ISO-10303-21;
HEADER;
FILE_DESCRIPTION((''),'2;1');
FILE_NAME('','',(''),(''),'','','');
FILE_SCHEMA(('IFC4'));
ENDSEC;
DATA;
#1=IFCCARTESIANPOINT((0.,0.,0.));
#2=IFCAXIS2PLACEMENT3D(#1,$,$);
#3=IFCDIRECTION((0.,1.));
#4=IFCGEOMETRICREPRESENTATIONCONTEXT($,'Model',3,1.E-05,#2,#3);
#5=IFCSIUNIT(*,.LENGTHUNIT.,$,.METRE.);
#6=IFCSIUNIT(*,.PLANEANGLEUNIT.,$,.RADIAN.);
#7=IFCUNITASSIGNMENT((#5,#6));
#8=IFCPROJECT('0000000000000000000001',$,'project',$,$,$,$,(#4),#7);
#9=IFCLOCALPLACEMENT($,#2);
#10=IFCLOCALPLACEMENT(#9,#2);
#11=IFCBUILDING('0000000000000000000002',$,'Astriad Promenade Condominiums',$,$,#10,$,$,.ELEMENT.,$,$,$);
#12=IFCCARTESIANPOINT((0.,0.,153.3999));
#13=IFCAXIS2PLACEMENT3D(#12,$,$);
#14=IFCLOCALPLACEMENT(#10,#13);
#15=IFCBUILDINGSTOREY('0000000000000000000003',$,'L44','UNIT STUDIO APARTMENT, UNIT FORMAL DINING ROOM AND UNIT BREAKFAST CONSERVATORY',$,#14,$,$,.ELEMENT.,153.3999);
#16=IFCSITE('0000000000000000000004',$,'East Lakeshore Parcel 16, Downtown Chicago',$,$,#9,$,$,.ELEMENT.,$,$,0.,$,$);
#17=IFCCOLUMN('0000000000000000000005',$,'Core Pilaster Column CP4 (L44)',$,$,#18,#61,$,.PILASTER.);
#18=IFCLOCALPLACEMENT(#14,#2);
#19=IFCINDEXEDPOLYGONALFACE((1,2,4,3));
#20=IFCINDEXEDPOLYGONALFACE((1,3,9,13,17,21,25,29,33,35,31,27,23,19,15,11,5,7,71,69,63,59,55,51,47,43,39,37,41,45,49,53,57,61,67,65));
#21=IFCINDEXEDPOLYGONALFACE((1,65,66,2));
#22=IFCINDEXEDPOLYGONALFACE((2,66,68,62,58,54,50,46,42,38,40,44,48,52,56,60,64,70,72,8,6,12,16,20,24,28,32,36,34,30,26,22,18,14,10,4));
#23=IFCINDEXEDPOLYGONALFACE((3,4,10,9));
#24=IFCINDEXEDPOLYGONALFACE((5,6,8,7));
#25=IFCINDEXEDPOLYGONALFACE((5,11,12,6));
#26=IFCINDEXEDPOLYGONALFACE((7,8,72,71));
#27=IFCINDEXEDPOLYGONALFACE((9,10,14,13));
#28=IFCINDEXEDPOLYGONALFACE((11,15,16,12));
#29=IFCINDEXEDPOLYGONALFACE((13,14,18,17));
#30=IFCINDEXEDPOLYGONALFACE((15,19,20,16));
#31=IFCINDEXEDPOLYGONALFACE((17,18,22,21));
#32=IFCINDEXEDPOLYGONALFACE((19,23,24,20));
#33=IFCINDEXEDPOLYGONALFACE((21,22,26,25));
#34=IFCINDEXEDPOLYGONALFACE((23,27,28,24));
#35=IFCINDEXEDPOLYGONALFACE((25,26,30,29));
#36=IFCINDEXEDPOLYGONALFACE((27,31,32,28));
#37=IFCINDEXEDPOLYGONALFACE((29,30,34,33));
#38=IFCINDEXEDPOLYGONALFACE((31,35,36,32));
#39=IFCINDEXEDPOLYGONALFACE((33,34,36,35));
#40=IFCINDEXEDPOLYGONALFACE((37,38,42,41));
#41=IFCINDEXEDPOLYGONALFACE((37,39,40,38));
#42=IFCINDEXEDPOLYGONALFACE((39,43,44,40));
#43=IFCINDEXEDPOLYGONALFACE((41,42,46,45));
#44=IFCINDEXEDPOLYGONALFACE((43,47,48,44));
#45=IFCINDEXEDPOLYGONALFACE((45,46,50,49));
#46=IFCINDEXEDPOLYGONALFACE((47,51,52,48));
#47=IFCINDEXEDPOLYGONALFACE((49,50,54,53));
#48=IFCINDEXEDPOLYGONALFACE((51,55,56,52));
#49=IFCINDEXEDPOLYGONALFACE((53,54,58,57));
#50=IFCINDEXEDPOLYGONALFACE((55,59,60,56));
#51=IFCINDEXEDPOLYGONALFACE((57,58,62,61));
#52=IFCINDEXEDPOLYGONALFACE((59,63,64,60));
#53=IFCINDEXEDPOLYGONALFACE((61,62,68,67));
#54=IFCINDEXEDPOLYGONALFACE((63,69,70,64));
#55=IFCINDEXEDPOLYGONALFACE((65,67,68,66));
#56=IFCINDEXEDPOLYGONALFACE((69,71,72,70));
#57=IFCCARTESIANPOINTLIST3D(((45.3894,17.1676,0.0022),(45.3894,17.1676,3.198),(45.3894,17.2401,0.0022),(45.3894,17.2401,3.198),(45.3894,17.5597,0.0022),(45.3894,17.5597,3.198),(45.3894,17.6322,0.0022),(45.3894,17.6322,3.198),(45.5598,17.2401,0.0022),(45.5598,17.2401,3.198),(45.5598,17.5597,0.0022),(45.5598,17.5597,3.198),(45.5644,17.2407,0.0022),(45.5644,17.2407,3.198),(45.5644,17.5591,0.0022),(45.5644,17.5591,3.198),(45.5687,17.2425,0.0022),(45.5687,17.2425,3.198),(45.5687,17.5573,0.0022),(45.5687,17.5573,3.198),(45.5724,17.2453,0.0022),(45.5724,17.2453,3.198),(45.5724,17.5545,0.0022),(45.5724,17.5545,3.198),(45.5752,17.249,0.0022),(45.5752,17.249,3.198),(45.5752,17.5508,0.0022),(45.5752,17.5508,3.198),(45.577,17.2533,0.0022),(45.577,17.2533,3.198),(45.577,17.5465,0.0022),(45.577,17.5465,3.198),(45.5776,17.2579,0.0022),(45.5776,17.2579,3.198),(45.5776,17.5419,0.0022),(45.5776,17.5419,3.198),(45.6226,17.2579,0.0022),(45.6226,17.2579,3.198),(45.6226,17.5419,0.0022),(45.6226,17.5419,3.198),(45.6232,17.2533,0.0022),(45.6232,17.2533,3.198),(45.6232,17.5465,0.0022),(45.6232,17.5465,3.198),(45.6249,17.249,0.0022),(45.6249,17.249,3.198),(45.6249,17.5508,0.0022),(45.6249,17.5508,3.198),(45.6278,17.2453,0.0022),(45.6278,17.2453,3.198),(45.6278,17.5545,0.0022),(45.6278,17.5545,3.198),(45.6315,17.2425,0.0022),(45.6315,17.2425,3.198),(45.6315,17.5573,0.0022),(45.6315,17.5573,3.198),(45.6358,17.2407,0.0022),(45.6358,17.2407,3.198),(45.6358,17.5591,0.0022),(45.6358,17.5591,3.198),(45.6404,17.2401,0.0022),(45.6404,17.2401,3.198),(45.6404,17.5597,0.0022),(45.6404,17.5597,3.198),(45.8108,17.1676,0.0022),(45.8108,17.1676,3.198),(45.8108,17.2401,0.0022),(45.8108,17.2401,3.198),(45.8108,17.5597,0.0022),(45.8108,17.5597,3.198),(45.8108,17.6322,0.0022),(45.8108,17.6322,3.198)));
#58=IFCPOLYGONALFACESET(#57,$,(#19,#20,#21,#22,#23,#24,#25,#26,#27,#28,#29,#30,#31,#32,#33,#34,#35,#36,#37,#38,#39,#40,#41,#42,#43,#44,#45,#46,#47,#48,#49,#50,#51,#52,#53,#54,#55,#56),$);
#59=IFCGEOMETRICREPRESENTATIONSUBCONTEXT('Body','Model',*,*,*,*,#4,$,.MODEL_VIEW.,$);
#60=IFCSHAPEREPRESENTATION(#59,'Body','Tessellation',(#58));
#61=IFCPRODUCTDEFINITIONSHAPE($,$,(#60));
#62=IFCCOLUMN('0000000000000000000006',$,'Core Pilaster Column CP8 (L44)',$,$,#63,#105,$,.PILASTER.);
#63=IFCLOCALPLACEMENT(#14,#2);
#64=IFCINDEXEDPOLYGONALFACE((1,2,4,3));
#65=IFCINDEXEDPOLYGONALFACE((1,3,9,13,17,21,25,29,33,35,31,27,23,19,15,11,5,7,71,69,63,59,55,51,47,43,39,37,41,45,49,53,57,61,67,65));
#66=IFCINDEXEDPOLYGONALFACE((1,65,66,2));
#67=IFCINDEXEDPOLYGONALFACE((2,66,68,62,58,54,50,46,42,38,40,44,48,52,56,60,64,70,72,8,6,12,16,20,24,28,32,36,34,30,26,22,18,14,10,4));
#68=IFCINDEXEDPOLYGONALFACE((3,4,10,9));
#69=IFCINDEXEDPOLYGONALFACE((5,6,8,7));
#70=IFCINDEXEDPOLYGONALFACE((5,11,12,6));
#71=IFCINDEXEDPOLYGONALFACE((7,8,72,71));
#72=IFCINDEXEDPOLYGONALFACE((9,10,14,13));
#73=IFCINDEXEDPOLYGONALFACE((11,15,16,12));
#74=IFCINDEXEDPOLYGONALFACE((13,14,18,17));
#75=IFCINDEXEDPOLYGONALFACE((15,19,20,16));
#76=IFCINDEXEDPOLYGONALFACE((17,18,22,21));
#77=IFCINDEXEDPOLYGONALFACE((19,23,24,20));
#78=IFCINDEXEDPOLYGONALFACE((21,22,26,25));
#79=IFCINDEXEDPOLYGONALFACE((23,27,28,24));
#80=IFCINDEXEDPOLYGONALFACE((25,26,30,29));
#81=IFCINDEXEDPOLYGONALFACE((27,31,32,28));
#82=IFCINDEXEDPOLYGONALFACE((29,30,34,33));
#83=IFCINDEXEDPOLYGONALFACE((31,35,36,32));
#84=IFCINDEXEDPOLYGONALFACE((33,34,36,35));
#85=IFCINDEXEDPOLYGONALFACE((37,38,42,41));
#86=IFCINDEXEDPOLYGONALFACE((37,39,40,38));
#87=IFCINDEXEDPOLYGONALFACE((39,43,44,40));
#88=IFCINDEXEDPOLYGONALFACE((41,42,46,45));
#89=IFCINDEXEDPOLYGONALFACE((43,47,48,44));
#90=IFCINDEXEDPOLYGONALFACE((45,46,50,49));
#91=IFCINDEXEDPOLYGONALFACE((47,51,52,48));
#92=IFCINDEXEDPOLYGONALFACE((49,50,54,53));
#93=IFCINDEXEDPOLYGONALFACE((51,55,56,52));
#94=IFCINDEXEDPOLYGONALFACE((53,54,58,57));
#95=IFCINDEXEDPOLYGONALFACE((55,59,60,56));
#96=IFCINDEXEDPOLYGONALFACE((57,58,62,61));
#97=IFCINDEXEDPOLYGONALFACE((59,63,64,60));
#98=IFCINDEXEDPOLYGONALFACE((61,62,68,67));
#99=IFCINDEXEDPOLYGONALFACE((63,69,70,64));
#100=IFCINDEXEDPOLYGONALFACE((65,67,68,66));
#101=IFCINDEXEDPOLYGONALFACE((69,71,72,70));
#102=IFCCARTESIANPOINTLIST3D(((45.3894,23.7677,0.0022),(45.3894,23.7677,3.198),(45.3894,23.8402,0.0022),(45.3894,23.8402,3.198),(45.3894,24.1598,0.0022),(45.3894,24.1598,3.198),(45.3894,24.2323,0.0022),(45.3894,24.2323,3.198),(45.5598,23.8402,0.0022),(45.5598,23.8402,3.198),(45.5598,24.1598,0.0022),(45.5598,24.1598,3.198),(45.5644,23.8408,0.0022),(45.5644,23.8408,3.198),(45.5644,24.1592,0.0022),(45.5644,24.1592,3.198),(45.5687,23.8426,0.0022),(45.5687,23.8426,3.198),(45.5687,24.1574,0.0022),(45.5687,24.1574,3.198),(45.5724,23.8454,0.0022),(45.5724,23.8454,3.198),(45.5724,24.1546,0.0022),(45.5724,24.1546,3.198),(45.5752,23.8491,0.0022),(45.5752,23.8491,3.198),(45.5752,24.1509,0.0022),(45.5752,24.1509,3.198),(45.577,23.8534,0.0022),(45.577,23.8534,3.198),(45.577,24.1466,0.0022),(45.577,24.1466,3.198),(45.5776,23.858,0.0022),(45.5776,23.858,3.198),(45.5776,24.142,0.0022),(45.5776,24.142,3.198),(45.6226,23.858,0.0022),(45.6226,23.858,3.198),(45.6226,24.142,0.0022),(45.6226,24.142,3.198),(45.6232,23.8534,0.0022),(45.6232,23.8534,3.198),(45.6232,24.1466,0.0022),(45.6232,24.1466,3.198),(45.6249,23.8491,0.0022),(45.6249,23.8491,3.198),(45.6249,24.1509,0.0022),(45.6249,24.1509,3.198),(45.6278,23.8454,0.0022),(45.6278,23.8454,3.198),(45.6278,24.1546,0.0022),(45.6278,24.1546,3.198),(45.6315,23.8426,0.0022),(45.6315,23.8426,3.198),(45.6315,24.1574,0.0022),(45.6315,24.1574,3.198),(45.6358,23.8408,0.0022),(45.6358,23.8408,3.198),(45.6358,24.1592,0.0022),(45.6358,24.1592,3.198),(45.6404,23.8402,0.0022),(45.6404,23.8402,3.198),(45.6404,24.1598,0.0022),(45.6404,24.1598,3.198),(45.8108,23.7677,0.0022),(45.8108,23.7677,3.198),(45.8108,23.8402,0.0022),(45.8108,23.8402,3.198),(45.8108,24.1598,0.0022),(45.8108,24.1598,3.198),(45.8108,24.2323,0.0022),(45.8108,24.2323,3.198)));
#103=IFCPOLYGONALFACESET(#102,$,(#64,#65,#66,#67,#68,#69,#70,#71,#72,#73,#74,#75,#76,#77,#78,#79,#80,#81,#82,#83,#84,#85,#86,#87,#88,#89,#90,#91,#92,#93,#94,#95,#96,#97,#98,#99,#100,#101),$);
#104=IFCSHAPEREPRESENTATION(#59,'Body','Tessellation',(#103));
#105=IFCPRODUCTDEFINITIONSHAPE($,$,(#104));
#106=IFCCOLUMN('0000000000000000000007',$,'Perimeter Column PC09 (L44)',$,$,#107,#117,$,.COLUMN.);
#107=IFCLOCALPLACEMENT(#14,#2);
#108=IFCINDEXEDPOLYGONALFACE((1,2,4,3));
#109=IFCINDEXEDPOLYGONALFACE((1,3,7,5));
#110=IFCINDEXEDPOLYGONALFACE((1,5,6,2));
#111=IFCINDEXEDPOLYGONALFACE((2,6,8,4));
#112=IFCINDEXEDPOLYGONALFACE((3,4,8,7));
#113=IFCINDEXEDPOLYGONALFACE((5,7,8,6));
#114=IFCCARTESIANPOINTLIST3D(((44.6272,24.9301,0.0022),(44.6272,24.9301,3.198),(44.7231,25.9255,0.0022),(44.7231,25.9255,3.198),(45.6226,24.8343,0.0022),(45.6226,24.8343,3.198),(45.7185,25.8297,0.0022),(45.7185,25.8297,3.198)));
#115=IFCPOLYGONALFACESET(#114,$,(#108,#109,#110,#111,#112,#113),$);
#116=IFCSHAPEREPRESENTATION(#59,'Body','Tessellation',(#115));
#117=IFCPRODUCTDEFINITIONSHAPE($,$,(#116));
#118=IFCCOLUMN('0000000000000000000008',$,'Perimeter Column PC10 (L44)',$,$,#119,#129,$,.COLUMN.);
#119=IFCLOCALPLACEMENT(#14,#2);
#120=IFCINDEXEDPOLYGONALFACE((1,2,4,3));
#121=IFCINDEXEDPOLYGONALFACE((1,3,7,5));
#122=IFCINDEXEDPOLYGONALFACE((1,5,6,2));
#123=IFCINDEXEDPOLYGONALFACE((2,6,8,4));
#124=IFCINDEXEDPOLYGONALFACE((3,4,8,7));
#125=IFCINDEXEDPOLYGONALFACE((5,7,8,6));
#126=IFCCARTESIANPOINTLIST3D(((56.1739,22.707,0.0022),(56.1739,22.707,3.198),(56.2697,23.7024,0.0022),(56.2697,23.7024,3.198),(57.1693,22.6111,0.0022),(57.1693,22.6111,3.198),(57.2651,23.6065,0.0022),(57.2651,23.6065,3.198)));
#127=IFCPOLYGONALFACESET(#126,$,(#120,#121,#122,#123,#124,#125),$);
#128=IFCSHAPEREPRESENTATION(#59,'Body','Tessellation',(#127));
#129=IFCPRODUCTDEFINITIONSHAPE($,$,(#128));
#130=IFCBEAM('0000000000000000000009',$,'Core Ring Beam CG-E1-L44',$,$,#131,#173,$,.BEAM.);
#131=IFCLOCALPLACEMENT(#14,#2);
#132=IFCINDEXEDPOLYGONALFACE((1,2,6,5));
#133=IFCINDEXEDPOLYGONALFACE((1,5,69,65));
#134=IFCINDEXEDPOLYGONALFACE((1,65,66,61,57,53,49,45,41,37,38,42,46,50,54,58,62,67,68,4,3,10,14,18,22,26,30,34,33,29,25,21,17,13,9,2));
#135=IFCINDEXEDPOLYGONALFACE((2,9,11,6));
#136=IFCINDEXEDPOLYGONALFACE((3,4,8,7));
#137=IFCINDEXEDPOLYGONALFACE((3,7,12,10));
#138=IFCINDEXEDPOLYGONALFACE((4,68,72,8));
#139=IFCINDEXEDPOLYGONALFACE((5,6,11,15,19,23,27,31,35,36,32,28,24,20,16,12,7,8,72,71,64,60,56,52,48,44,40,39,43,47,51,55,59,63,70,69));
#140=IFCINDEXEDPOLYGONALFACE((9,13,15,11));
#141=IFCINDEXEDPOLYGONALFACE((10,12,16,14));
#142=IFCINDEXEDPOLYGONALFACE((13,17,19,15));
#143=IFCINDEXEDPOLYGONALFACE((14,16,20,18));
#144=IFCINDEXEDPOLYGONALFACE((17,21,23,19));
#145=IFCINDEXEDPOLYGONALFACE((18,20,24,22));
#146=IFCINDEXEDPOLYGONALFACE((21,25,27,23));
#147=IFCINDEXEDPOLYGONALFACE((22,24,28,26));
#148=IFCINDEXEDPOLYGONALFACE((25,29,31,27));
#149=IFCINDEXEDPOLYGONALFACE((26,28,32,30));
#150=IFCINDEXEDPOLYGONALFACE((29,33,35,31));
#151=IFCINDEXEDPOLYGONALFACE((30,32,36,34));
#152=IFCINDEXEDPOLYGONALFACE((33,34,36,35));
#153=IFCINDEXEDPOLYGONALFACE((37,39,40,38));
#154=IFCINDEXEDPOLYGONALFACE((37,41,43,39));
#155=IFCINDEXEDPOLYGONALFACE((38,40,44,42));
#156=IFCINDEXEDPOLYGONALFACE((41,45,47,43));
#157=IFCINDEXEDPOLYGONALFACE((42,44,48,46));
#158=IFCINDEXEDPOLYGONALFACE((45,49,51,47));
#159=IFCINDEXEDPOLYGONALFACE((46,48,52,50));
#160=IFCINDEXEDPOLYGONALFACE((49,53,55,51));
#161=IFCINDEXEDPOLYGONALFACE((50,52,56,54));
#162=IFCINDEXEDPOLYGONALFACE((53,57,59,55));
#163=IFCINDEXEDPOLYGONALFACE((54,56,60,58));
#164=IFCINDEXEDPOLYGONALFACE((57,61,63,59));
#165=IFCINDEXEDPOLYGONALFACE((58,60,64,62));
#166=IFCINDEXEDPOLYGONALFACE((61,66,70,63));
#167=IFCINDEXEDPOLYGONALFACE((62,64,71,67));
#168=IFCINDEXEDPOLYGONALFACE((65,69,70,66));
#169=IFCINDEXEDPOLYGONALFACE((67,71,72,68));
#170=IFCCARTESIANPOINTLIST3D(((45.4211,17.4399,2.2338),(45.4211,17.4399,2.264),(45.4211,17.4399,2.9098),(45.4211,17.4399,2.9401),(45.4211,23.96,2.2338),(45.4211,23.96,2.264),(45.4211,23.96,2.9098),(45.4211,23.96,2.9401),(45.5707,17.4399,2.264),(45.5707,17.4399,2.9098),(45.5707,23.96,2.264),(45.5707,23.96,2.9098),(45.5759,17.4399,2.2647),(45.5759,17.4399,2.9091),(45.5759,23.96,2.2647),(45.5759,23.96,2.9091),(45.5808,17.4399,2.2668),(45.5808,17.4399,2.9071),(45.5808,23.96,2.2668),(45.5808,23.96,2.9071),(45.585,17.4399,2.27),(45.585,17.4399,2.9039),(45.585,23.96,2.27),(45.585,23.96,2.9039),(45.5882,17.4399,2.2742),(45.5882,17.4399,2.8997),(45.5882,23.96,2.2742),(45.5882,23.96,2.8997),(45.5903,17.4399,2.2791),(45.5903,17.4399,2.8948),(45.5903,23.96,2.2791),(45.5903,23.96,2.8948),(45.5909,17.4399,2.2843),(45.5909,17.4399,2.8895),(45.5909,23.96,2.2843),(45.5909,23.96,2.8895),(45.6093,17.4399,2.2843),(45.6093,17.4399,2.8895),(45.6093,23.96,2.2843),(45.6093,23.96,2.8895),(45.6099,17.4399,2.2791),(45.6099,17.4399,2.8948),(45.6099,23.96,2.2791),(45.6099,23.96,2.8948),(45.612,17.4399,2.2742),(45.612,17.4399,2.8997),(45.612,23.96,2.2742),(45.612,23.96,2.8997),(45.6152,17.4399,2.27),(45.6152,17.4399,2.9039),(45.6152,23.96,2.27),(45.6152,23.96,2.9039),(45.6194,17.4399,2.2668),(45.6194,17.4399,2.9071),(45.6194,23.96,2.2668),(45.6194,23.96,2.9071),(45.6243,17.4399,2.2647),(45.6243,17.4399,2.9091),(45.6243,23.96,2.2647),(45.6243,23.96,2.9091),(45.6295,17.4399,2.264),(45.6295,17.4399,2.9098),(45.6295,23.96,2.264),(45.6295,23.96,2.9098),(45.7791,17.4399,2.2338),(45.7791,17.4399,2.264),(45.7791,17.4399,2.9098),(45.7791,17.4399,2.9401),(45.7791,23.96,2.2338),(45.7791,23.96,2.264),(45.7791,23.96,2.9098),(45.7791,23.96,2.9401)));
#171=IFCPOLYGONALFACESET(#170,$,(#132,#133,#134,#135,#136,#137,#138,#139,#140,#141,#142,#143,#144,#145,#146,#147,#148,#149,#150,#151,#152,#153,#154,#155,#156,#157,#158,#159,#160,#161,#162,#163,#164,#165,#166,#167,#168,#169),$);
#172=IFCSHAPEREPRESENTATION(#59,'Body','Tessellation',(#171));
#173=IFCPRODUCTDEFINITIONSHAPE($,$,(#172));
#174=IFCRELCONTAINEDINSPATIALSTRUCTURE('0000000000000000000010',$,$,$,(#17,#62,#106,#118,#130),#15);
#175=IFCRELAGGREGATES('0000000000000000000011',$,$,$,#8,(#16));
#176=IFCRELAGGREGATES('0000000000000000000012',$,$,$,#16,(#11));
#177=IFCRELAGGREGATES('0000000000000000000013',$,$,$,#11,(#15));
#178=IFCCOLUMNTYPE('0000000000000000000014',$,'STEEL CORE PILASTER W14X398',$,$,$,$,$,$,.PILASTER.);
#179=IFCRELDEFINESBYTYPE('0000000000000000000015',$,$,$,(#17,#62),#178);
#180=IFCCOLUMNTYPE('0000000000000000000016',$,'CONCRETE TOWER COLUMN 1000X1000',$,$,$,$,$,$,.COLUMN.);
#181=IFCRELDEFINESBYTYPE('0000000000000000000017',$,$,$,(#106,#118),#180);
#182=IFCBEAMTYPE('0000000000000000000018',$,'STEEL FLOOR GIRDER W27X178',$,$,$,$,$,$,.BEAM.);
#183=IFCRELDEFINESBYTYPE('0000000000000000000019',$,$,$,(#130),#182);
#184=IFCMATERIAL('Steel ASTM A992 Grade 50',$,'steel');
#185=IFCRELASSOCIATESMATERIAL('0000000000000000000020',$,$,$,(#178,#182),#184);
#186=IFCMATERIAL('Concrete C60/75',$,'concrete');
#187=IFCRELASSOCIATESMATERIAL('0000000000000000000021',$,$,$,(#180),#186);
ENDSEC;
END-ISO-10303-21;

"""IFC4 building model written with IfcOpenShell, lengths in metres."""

from ifc_helpers import new_model, si_unit, direction, frame, origin, origin_2d, place, context, subcontext, project, spatial, rectangle, i_section, extrude, source, transform, mapped, material, material_profile, profile_set, type_object, type_shapes, element, save


model = new_model("IFC4")

# Units and contexts
model_context = context("Model", 3, precision=1e-05, world=origin(), true_north=direction((0.0, 1.0)))
body_context = subcontext(model_context, "Body", "Model", "MODEL_VIEW")
ifc_project = project(units=[si_unit("LENGTHUNIT", "METRE"), si_unit("PLANEANGLEUNIT", "RADIAN")], contexts=[model_context])

# Site, building, storey
site_placement = place(None, origin())
site = spatial("IfcSite", under=ifc_project, at=site_placement, Name="East Lakeshore Parcel 16, Downtown Chicago", CompositionType="ELEMENT", RefElevation=0.0)
building_placement = place(site_placement, origin())
building = spatial("IfcBuilding", under=site, at=building_placement, Name="Astriad Promenade Condominiums", CompositionType="ELEMENT")
storey_placement = place(building_placement, frame((0.0, 0.0, 153.3999)))
storey = spatial("IfcBuildingStorey", under=building, at=storey_placement, Name="L44", Description="UNIT STUDIO APARTMENT, UNIT FORMAL DINING ROOM AND UNIT BREAKFAST CONSERVATORY", CompositionType="ELEMENT", Elevation=153.3999)

# Columns
ifc_material_1 = material(Name="Steel ASTM A992 Grade 50", Category="steel")
ifc_material_profile_1 = material_profile(ifc_material_1, i_section(OverallWidth=0.4214, OverallDepth=0.4646, WebThickness=0.0449, FlangeThickness=0.0725, FilletRadius=0.0178, at=origin_2d()), Name="W14X398")
ifc_profile_set_1 = profile_set([ifc_material_profile_1], Name="Steel ASTM A992 Grade 50")
column_type_1 = type_object("IfcColumnType", Name="STEEL CORE PILASTER W14X398", PredefinedType="PILASTER", material=ifc_profile_set_1)
shared_shape_1 = source(origin(), body_context, "Body", "SweptSolid", [
    extrude(i_section(OverallWidth=0.4214, OverallDepth=0.4646, WebThickness=0.0449, FlangeThickness=0.0725, FilletRadius=0.0178, at=origin_2d()), origin(), (0.0, 0.0, 1.0), 3.1958),
])
type_shapes(column_type_1, [shared_shape_1])
for number, where, z_axis, x_axis, name in (
    (1, (45.6001, 17.3999, 0.0022), (0.0, 0.0, 1.0), (1.0, 0.0, 0.0), "Core Pilaster Column CP4 (L44)"),
    (2, (45.6001, 24.0, 0.0022), (0.0, 0.0, 1.0), (1.0, 0.0, 0.0), "Core Pilaster Column CP8 (L44)"),
):
    element("IfcColumn", number, at=place(storey_placement, frame(where, z_axis=z_axis, x_axis=x_axis)), inside=storey, type_object=column_type_1, Name=name, PredefinedType="PILASTER", context=body_context, shape_type="MappedRepresentation", body=[
        mapped(shared_shape_1, transform((0.0, 0.0, 0.0), scale=1.0)),
    ])
ifc_material_2 = material(Name="Concrete C60/75", Category="concrete")
ifc_material_profile_2 = material_profile(ifc_material_2, rectangle(XDim=1.0, YDim=1.0, at=origin_2d()), Name="RC-COL-1000X1000")
ifc_profile_set_2 = profile_set([ifc_material_profile_2], Name="Concrete C60/75")
column_type_2 = type_object("IfcColumnType", Name="CONCRETE TOWER COLUMN 1000X1000", PredefinedType="COLUMN", material=ifc_profile_set_2)
shared_shape_2 = source(origin(), body_context, "Body", "SweptSolid", [
    extrude(rectangle(XDim=1.0, YDim=1.0, at=origin_2d()), origin(), (0.0, 0.0, 1.0), 3.1958),
])
type_shapes(column_type_2, [shared_shape_2])
for number, where, z_axis, x_axis, name in (
    (3, (45.1729, 25.3799, 0.0022), (0.0, 0.0, 1.0), (0.995396, -0.095846, 0.0), "Perimeter Column PC09 (L44)"),
    (4, (56.7195, 23.1567, 0.0022), (0.0, 0.0, 1.0), (0.995396, -0.095846, 0.0), "Perimeter Column PC10 (L44)"),
):
    element("IfcColumn", number, at=place(storey_placement, frame(where, z_axis=z_axis, x_axis=x_axis)), inside=storey, type_object=column_type_2, Name=name, PredefinedType="COLUMN", context=body_context, shape_type="MappedRepresentation", body=[
        mapped(shared_shape_2, transform((0.0, 0.0, 0.0), scale=1.0)),
    ])

# Beam
ifc_material_profile_3 = material_profile(ifc_material_1, i_section(OverallWidth=0.3579, OverallDepth=0.7063, WebThickness=0.0183, FlangeThickness=0.0303, FilletRadius=0.0203, at=origin_2d()), Name="W27X178")
ifc_profile_set_3 = profile_set([ifc_material_profile_3], Name="Steel ASTM A992 Grade 50")
beam_type_1 = type_object("IfcBeamType", Name="STEEL FLOOR GIRDER W27X178", PredefinedType="BEAM", material=ifc_profile_set_3)
shared_shape_3 = source(origin(), body_context, "Body", "SweptSolid", [
    extrude(i_section(OverallWidth=0.3579, OverallDepth=0.7063, WebThickness=0.0183, FlangeThickness=0.0303, FilletRadius=0.0203, at=origin_2d()), origin(), (0.0, 0.0, 1.0), 6.52),
])
beam_1_placement = place(storey_placement, frame((45.6001, 17.4399, 2.5869), z_axis=(0.0, 1.0, 0.0), x_axis=(-1.0, 0.0, 0.0)))
element("IfcBeam", 5, at=beam_1_placement, inside=storey, type_object=beam_type_1, Name="Core Ring Beam CG-E1-L44", PredefinedType="BEAM", context=body_context, shape_type="MappedRepresentation", body=[
    mapped(shared_shape_3, transform((0.0, 0.0, 0.0), scale=1.0)),
])

save(model, "model.ifc")
